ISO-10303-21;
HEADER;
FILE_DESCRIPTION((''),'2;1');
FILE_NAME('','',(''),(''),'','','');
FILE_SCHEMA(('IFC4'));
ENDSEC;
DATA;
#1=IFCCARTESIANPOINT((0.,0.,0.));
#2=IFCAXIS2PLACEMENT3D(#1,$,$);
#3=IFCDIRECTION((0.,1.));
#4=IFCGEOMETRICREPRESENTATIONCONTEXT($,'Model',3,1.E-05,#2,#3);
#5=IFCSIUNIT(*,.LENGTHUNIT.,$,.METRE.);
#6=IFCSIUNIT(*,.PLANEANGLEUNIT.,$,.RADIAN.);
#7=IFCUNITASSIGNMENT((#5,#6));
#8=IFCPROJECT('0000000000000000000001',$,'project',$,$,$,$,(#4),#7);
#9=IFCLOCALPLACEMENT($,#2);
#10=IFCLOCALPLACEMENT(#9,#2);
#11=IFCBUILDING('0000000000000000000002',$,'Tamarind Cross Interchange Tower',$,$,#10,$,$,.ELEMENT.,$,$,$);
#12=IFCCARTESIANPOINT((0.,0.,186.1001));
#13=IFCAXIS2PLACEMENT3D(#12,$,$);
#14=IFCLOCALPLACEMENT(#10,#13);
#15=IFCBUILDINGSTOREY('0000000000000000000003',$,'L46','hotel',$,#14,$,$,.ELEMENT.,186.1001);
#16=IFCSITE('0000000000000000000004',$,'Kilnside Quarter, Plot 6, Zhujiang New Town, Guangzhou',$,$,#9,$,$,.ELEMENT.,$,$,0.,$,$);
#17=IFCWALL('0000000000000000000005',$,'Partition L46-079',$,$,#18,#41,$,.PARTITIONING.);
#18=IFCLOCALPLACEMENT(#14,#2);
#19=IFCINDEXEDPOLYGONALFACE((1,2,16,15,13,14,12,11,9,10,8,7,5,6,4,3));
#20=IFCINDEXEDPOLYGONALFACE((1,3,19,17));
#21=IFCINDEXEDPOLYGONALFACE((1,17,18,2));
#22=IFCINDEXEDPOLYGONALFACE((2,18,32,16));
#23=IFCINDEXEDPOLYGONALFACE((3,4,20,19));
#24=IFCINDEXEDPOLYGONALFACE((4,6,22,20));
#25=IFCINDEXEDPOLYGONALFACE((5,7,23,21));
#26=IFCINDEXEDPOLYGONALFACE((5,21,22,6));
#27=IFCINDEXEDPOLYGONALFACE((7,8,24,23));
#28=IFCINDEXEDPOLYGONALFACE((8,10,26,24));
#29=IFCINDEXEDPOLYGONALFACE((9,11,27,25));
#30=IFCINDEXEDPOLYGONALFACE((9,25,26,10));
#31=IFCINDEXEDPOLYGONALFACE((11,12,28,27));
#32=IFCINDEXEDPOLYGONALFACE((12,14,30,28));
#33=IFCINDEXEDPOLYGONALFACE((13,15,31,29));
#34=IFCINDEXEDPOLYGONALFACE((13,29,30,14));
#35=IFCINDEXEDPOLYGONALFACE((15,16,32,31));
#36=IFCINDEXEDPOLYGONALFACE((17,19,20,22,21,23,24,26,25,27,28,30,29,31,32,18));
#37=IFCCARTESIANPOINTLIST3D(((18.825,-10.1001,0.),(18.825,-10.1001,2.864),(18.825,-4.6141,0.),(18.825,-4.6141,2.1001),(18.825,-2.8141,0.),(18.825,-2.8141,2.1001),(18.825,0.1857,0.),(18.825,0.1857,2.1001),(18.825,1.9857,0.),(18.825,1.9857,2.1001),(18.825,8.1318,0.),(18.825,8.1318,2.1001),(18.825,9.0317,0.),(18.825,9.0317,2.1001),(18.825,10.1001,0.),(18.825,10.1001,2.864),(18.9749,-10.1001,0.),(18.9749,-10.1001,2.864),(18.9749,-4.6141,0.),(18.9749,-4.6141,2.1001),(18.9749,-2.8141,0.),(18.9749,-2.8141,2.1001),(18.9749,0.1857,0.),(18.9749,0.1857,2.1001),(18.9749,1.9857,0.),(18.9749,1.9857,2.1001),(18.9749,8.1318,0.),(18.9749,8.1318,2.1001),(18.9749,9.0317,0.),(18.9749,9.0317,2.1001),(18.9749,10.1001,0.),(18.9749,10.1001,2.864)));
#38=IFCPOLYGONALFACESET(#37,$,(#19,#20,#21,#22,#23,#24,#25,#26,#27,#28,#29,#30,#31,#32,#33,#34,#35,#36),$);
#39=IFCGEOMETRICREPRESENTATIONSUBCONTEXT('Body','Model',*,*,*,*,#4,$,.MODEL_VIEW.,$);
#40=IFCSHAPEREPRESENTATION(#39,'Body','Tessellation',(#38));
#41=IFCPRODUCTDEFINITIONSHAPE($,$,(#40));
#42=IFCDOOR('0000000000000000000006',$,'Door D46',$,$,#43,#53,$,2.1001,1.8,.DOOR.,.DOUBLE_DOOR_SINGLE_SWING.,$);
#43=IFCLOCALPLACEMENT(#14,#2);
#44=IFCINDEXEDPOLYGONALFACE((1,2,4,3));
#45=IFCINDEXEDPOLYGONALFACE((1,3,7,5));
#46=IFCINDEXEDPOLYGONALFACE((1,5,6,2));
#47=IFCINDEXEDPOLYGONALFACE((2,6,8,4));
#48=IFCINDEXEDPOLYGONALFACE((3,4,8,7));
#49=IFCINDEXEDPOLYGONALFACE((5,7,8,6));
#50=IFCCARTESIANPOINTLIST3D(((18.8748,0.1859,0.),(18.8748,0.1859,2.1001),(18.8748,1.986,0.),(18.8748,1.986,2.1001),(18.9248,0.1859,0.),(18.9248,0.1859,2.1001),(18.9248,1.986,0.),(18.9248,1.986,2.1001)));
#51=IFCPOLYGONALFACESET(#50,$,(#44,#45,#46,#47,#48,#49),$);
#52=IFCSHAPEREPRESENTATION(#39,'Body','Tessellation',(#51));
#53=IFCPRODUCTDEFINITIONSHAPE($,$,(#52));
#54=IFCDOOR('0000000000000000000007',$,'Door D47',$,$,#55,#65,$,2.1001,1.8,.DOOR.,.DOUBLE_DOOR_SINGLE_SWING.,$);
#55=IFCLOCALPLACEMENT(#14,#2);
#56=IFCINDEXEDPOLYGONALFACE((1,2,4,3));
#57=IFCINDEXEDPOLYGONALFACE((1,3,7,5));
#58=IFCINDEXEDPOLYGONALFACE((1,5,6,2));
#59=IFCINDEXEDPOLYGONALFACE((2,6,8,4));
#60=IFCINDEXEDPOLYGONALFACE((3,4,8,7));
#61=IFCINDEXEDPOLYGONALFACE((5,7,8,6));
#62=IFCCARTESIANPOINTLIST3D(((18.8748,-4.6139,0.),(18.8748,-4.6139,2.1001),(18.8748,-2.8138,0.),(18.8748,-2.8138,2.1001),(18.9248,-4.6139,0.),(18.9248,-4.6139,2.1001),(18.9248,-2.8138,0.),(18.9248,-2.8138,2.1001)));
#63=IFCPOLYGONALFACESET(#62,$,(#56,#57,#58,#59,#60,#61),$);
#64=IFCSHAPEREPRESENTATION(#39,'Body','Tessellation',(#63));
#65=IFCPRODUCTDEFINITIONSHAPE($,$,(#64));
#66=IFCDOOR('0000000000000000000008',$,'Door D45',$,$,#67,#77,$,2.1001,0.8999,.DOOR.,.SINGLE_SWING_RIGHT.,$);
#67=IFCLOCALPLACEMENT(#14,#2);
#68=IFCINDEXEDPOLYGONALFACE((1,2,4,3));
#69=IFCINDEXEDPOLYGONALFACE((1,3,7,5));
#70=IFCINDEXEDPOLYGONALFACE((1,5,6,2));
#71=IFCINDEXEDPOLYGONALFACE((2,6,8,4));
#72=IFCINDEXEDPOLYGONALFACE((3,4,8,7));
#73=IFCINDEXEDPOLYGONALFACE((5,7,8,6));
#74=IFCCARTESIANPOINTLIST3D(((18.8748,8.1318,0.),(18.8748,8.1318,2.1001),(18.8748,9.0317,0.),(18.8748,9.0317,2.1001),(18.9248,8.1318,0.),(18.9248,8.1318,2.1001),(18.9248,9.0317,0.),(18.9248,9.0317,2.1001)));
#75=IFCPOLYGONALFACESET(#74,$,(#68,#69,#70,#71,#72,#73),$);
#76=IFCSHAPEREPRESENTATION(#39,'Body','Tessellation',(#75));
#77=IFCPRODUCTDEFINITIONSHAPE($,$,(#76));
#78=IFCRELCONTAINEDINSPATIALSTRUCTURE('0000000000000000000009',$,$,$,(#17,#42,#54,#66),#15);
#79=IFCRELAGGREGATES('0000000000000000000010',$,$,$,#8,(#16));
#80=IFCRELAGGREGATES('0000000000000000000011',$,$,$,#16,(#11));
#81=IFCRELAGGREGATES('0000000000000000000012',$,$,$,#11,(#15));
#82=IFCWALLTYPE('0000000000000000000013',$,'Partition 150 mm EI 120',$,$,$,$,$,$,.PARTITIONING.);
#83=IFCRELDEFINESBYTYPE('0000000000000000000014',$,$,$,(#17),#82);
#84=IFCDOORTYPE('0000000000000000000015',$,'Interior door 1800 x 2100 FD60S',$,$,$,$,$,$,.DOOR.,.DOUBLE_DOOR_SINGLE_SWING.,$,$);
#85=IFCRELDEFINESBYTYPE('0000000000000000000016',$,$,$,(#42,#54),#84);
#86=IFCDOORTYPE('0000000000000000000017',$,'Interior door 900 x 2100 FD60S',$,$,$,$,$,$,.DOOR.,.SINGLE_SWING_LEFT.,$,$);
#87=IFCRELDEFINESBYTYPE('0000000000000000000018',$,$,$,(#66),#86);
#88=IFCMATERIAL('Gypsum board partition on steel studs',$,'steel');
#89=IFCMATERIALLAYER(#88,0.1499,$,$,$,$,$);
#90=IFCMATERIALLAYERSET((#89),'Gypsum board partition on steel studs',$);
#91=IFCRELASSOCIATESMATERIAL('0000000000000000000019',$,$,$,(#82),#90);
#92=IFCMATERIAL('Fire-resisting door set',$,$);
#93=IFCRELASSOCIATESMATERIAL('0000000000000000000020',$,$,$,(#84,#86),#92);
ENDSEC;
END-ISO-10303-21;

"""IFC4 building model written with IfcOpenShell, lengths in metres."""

from ifc_helpers import new_model, si_unit, direction, frame, frame_2d, origin, place, context, subcontext, project, spatial, rectangle, extrude, material, layer, layer_set, type_object, element, fill, save


model = new_model("IFC4")

# Units and contexts
model_context = context("Model", 3, precision=1e-05, world=origin(), true_north=direction((0.0, 1.0)))
body_context = subcontext(model_context, "Body", "Model", "MODEL_VIEW")
ifc_project = project(units=[si_unit("LENGTHUNIT", "METRE"), si_unit("PLANEANGLEUNIT", "RADIAN")], contexts=[model_context])

# Site, building, storey
site_placement = place(None, origin())
site = spatial("IfcSite", under=ifc_project, at=site_placement, Name="Kilnside Quarter, Plot 6, Zhujiang New Town, Guangzhou", CompositionType="ELEMENT", RefElevation=0.0)
building_placement = place(site_placement, origin())
building = spatial("IfcBuilding", under=site, at=building_placement, Name="Tamarind Cross Interchange Tower", CompositionType="ELEMENT")
storey_placement = place(building_placement, frame((0.0, 0.0, 186.1001)))
storey = spatial("IfcBuildingStorey", under=building, at=storey_placement, Name="L46", Description="hotel", CompositionType="ELEMENT", Elevation=186.1001)

# Shared definitions
ifc_material_1 = material(Name="Gypsum board partition on steel studs", Category="steel")
ifc_layer_1 = layer(ifc_material_1, 0.1499)
ifc_layer_set_1 = layer_set([ifc_layer_1], Name="Gypsum board partition on steel studs")
wall_type = type_object("IfcWallType", Name="Partition 150 mm EI 120", PredefinedType="PARTITIONING", material=ifc_layer_set_1)

# Wall, openings, doors
wall_1_placement = place(storey_placement, frame((18.8999, -10.1001, 0.0), z_axis=(0.0, 0.0, 1.0), x_axis=(0.0, 1.0, 0.0)))
wall_1 = element("IfcWall", 1, at=wall_1_placement, inside=storey, type_object=wall_type, Name="Partition L46-079", PredefinedType="PARTITIONING", context=body_context, shape_type="SweptSolid", body=[
    extrude(rectangle(XDim=20.2002, YDim=0.1499, at=frame_2d((10.1001, 0.0))), origin(), (0.0, 0.0, 1.0), 2.864),
])
opening_1_placement = place(wall_1_placement, frame((18.2319, 0.0, 0.0)))
opening_1 = element("IfcOpeningElement", 2, at=opening_1_placement, cuts=wall_1, PredefinedType="OPENING", context=body_context, shape_type="SweptSolid", body=[
    extrude(rectangle(XDim=0.8999, YDim=2.1001, at=frame_2d((0.45, 1.05))), frame((0.0, 0.085, 0.0), z_axis=(0.0, -1.0, 0.0), x_axis=(1.0, 0.0, 0.0)), (0.0, 0.0, 1.0), 0.1699),
])
opening_2_placement = place(wall_1_placement, frame((10.2859, 0.0, 0.0)))
opening_2 = element("IfcOpeningElement", 3, at=opening_2_placement, cuts=wall_1, PredefinedType="OPENING", context=body_context, shape_type="SweptSolid", body=[
    extrude(rectangle(XDim=1.8, YDim=2.1001, at=frame_2d((0.8999, 1.05))), frame((0.0, 0.085, 0.0), z_axis=(0.0, -1.0, 0.0), x_axis=(1.0, 0.0, 0.0)), (0.0, 0.0, 1.0), 0.1699),
])
opening_3_placement = place(wall_1_placement, frame((5.4861, 0.0, 0.0)))
opening_3 = element("IfcOpeningElement", 4, at=opening_3_placement, cuts=wall_1, PredefinedType="OPENING", context=body_context, shape_type="SweptSolid", body=[
    extrude(rectangle(XDim=1.8, YDim=2.1001, at=frame_2d((0.8999, 1.05))), frame((0.0, 0.085, 0.0), z_axis=(0.0, -1.0, 0.0), x_axis=(1.0, 0.0, 0.0)), (0.0, 0.0, 1.0), 0.1699),
])
ifc_material_2 = material(Name="Fire-resisting door set")
door_type_1 = type_object("IfcDoorType", Name="Interior door 1800 x 2100 FD60S", OperationType="DOUBLE_DOOR_SINGLE_SWING", PredefinedType="DOOR", material=ifc_material_2)
door_1_placement = place(opening_2_placement, frame((1.8, 0.0, 0.0), z_axis=(0.0, 0.0, 1.0), x_axis=(-1.0, 0.0, 0.0)))
door_1 = element("IfcDoor", 5, at=door_1_placement, inside=storey, type_object=door_type_1, Name="Door D46", OperationType="DOUBLE_DOOR_SINGLE_SWING", OverallHeight=2.1001, OverallWidth=1.8, PredefinedType="DOOR", context=body_context, shape_type="SweptSolid", body=[
    extrude(rectangle(XDim=1.8, YDim=2.1001, at=frame_2d((0.8999, 1.05))), frame((0.0, 0.0249, 0.0), z_axis=(0.0, -1.0, 0.0), x_axis=(1.0, 0.0, 0.0)), (0.0, 0.0, 1.0), 0.05),
])
fill(opening_2, door_1)
door_2_placement = place(opening_3_placement, frame((1.8, 0.0, 0.0), z_axis=(0.0, 0.0, 1.0), x_axis=(-1.0, 0.0, 0.0)))
door_2 = element("IfcDoor", 6, at=door_2_placement, inside=storey, type_object=door_type_1, Name="Door D47", OperationType="DOUBLE_DOOR_SINGLE_SWING", OverallHeight=2.1001, OverallWidth=1.8, PredefinedType="DOOR", context=body_context, shape_type="SweptSolid", body=[
    extrude(rectangle(XDim=1.8, YDim=2.1001, at=frame_2d((0.8999, 1.05))), frame((0.0, 0.0249, 0.0), z_axis=(0.0, -1.0, 0.0), x_axis=(1.0, 0.0, 0.0)), (0.0, 0.0, 1.0), 0.05),
])
fill(opening_3, door_2)
door_type_2 = type_object("IfcDoorType", Name="Interior door 900 x 2100 FD60S", OperationType="SINGLE_SWING_LEFT", PredefinedType="DOOR", material=ifc_material_2)
door_3_placement = place(opening_1_placement, frame((0.8999, 0.0, 0.0), z_axis=(0.0, 0.0, 1.0), x_axis=(-1.0, 0.0, 0.0)))
door_3 = element("IfcDoor", 7, at=door_3_placement, inside=storey, type_object=door_type_2, Name="Door D45", OperationType="SINGLE_SWING_RIGHT", OverallHeight=2.1001, OverallWidth=0.8999, PredefinedType="DOOR", context=body_context, shape_type="SweptSolid", body=[
    extrude(rectangle(XDim=0.8999, YDim=2.1001, at=frame_2d((0.45, 1.05))), frame((0.0, 0.0249, 0.0), z_axis=(0.0, -1.0, 0.0), x_axis=(1.0, 0.0, 0.0)), (0.0, 0.0, 1.0), 0.05),
])
fill(opening_1, door_3)

save(model, "model.ifc")
